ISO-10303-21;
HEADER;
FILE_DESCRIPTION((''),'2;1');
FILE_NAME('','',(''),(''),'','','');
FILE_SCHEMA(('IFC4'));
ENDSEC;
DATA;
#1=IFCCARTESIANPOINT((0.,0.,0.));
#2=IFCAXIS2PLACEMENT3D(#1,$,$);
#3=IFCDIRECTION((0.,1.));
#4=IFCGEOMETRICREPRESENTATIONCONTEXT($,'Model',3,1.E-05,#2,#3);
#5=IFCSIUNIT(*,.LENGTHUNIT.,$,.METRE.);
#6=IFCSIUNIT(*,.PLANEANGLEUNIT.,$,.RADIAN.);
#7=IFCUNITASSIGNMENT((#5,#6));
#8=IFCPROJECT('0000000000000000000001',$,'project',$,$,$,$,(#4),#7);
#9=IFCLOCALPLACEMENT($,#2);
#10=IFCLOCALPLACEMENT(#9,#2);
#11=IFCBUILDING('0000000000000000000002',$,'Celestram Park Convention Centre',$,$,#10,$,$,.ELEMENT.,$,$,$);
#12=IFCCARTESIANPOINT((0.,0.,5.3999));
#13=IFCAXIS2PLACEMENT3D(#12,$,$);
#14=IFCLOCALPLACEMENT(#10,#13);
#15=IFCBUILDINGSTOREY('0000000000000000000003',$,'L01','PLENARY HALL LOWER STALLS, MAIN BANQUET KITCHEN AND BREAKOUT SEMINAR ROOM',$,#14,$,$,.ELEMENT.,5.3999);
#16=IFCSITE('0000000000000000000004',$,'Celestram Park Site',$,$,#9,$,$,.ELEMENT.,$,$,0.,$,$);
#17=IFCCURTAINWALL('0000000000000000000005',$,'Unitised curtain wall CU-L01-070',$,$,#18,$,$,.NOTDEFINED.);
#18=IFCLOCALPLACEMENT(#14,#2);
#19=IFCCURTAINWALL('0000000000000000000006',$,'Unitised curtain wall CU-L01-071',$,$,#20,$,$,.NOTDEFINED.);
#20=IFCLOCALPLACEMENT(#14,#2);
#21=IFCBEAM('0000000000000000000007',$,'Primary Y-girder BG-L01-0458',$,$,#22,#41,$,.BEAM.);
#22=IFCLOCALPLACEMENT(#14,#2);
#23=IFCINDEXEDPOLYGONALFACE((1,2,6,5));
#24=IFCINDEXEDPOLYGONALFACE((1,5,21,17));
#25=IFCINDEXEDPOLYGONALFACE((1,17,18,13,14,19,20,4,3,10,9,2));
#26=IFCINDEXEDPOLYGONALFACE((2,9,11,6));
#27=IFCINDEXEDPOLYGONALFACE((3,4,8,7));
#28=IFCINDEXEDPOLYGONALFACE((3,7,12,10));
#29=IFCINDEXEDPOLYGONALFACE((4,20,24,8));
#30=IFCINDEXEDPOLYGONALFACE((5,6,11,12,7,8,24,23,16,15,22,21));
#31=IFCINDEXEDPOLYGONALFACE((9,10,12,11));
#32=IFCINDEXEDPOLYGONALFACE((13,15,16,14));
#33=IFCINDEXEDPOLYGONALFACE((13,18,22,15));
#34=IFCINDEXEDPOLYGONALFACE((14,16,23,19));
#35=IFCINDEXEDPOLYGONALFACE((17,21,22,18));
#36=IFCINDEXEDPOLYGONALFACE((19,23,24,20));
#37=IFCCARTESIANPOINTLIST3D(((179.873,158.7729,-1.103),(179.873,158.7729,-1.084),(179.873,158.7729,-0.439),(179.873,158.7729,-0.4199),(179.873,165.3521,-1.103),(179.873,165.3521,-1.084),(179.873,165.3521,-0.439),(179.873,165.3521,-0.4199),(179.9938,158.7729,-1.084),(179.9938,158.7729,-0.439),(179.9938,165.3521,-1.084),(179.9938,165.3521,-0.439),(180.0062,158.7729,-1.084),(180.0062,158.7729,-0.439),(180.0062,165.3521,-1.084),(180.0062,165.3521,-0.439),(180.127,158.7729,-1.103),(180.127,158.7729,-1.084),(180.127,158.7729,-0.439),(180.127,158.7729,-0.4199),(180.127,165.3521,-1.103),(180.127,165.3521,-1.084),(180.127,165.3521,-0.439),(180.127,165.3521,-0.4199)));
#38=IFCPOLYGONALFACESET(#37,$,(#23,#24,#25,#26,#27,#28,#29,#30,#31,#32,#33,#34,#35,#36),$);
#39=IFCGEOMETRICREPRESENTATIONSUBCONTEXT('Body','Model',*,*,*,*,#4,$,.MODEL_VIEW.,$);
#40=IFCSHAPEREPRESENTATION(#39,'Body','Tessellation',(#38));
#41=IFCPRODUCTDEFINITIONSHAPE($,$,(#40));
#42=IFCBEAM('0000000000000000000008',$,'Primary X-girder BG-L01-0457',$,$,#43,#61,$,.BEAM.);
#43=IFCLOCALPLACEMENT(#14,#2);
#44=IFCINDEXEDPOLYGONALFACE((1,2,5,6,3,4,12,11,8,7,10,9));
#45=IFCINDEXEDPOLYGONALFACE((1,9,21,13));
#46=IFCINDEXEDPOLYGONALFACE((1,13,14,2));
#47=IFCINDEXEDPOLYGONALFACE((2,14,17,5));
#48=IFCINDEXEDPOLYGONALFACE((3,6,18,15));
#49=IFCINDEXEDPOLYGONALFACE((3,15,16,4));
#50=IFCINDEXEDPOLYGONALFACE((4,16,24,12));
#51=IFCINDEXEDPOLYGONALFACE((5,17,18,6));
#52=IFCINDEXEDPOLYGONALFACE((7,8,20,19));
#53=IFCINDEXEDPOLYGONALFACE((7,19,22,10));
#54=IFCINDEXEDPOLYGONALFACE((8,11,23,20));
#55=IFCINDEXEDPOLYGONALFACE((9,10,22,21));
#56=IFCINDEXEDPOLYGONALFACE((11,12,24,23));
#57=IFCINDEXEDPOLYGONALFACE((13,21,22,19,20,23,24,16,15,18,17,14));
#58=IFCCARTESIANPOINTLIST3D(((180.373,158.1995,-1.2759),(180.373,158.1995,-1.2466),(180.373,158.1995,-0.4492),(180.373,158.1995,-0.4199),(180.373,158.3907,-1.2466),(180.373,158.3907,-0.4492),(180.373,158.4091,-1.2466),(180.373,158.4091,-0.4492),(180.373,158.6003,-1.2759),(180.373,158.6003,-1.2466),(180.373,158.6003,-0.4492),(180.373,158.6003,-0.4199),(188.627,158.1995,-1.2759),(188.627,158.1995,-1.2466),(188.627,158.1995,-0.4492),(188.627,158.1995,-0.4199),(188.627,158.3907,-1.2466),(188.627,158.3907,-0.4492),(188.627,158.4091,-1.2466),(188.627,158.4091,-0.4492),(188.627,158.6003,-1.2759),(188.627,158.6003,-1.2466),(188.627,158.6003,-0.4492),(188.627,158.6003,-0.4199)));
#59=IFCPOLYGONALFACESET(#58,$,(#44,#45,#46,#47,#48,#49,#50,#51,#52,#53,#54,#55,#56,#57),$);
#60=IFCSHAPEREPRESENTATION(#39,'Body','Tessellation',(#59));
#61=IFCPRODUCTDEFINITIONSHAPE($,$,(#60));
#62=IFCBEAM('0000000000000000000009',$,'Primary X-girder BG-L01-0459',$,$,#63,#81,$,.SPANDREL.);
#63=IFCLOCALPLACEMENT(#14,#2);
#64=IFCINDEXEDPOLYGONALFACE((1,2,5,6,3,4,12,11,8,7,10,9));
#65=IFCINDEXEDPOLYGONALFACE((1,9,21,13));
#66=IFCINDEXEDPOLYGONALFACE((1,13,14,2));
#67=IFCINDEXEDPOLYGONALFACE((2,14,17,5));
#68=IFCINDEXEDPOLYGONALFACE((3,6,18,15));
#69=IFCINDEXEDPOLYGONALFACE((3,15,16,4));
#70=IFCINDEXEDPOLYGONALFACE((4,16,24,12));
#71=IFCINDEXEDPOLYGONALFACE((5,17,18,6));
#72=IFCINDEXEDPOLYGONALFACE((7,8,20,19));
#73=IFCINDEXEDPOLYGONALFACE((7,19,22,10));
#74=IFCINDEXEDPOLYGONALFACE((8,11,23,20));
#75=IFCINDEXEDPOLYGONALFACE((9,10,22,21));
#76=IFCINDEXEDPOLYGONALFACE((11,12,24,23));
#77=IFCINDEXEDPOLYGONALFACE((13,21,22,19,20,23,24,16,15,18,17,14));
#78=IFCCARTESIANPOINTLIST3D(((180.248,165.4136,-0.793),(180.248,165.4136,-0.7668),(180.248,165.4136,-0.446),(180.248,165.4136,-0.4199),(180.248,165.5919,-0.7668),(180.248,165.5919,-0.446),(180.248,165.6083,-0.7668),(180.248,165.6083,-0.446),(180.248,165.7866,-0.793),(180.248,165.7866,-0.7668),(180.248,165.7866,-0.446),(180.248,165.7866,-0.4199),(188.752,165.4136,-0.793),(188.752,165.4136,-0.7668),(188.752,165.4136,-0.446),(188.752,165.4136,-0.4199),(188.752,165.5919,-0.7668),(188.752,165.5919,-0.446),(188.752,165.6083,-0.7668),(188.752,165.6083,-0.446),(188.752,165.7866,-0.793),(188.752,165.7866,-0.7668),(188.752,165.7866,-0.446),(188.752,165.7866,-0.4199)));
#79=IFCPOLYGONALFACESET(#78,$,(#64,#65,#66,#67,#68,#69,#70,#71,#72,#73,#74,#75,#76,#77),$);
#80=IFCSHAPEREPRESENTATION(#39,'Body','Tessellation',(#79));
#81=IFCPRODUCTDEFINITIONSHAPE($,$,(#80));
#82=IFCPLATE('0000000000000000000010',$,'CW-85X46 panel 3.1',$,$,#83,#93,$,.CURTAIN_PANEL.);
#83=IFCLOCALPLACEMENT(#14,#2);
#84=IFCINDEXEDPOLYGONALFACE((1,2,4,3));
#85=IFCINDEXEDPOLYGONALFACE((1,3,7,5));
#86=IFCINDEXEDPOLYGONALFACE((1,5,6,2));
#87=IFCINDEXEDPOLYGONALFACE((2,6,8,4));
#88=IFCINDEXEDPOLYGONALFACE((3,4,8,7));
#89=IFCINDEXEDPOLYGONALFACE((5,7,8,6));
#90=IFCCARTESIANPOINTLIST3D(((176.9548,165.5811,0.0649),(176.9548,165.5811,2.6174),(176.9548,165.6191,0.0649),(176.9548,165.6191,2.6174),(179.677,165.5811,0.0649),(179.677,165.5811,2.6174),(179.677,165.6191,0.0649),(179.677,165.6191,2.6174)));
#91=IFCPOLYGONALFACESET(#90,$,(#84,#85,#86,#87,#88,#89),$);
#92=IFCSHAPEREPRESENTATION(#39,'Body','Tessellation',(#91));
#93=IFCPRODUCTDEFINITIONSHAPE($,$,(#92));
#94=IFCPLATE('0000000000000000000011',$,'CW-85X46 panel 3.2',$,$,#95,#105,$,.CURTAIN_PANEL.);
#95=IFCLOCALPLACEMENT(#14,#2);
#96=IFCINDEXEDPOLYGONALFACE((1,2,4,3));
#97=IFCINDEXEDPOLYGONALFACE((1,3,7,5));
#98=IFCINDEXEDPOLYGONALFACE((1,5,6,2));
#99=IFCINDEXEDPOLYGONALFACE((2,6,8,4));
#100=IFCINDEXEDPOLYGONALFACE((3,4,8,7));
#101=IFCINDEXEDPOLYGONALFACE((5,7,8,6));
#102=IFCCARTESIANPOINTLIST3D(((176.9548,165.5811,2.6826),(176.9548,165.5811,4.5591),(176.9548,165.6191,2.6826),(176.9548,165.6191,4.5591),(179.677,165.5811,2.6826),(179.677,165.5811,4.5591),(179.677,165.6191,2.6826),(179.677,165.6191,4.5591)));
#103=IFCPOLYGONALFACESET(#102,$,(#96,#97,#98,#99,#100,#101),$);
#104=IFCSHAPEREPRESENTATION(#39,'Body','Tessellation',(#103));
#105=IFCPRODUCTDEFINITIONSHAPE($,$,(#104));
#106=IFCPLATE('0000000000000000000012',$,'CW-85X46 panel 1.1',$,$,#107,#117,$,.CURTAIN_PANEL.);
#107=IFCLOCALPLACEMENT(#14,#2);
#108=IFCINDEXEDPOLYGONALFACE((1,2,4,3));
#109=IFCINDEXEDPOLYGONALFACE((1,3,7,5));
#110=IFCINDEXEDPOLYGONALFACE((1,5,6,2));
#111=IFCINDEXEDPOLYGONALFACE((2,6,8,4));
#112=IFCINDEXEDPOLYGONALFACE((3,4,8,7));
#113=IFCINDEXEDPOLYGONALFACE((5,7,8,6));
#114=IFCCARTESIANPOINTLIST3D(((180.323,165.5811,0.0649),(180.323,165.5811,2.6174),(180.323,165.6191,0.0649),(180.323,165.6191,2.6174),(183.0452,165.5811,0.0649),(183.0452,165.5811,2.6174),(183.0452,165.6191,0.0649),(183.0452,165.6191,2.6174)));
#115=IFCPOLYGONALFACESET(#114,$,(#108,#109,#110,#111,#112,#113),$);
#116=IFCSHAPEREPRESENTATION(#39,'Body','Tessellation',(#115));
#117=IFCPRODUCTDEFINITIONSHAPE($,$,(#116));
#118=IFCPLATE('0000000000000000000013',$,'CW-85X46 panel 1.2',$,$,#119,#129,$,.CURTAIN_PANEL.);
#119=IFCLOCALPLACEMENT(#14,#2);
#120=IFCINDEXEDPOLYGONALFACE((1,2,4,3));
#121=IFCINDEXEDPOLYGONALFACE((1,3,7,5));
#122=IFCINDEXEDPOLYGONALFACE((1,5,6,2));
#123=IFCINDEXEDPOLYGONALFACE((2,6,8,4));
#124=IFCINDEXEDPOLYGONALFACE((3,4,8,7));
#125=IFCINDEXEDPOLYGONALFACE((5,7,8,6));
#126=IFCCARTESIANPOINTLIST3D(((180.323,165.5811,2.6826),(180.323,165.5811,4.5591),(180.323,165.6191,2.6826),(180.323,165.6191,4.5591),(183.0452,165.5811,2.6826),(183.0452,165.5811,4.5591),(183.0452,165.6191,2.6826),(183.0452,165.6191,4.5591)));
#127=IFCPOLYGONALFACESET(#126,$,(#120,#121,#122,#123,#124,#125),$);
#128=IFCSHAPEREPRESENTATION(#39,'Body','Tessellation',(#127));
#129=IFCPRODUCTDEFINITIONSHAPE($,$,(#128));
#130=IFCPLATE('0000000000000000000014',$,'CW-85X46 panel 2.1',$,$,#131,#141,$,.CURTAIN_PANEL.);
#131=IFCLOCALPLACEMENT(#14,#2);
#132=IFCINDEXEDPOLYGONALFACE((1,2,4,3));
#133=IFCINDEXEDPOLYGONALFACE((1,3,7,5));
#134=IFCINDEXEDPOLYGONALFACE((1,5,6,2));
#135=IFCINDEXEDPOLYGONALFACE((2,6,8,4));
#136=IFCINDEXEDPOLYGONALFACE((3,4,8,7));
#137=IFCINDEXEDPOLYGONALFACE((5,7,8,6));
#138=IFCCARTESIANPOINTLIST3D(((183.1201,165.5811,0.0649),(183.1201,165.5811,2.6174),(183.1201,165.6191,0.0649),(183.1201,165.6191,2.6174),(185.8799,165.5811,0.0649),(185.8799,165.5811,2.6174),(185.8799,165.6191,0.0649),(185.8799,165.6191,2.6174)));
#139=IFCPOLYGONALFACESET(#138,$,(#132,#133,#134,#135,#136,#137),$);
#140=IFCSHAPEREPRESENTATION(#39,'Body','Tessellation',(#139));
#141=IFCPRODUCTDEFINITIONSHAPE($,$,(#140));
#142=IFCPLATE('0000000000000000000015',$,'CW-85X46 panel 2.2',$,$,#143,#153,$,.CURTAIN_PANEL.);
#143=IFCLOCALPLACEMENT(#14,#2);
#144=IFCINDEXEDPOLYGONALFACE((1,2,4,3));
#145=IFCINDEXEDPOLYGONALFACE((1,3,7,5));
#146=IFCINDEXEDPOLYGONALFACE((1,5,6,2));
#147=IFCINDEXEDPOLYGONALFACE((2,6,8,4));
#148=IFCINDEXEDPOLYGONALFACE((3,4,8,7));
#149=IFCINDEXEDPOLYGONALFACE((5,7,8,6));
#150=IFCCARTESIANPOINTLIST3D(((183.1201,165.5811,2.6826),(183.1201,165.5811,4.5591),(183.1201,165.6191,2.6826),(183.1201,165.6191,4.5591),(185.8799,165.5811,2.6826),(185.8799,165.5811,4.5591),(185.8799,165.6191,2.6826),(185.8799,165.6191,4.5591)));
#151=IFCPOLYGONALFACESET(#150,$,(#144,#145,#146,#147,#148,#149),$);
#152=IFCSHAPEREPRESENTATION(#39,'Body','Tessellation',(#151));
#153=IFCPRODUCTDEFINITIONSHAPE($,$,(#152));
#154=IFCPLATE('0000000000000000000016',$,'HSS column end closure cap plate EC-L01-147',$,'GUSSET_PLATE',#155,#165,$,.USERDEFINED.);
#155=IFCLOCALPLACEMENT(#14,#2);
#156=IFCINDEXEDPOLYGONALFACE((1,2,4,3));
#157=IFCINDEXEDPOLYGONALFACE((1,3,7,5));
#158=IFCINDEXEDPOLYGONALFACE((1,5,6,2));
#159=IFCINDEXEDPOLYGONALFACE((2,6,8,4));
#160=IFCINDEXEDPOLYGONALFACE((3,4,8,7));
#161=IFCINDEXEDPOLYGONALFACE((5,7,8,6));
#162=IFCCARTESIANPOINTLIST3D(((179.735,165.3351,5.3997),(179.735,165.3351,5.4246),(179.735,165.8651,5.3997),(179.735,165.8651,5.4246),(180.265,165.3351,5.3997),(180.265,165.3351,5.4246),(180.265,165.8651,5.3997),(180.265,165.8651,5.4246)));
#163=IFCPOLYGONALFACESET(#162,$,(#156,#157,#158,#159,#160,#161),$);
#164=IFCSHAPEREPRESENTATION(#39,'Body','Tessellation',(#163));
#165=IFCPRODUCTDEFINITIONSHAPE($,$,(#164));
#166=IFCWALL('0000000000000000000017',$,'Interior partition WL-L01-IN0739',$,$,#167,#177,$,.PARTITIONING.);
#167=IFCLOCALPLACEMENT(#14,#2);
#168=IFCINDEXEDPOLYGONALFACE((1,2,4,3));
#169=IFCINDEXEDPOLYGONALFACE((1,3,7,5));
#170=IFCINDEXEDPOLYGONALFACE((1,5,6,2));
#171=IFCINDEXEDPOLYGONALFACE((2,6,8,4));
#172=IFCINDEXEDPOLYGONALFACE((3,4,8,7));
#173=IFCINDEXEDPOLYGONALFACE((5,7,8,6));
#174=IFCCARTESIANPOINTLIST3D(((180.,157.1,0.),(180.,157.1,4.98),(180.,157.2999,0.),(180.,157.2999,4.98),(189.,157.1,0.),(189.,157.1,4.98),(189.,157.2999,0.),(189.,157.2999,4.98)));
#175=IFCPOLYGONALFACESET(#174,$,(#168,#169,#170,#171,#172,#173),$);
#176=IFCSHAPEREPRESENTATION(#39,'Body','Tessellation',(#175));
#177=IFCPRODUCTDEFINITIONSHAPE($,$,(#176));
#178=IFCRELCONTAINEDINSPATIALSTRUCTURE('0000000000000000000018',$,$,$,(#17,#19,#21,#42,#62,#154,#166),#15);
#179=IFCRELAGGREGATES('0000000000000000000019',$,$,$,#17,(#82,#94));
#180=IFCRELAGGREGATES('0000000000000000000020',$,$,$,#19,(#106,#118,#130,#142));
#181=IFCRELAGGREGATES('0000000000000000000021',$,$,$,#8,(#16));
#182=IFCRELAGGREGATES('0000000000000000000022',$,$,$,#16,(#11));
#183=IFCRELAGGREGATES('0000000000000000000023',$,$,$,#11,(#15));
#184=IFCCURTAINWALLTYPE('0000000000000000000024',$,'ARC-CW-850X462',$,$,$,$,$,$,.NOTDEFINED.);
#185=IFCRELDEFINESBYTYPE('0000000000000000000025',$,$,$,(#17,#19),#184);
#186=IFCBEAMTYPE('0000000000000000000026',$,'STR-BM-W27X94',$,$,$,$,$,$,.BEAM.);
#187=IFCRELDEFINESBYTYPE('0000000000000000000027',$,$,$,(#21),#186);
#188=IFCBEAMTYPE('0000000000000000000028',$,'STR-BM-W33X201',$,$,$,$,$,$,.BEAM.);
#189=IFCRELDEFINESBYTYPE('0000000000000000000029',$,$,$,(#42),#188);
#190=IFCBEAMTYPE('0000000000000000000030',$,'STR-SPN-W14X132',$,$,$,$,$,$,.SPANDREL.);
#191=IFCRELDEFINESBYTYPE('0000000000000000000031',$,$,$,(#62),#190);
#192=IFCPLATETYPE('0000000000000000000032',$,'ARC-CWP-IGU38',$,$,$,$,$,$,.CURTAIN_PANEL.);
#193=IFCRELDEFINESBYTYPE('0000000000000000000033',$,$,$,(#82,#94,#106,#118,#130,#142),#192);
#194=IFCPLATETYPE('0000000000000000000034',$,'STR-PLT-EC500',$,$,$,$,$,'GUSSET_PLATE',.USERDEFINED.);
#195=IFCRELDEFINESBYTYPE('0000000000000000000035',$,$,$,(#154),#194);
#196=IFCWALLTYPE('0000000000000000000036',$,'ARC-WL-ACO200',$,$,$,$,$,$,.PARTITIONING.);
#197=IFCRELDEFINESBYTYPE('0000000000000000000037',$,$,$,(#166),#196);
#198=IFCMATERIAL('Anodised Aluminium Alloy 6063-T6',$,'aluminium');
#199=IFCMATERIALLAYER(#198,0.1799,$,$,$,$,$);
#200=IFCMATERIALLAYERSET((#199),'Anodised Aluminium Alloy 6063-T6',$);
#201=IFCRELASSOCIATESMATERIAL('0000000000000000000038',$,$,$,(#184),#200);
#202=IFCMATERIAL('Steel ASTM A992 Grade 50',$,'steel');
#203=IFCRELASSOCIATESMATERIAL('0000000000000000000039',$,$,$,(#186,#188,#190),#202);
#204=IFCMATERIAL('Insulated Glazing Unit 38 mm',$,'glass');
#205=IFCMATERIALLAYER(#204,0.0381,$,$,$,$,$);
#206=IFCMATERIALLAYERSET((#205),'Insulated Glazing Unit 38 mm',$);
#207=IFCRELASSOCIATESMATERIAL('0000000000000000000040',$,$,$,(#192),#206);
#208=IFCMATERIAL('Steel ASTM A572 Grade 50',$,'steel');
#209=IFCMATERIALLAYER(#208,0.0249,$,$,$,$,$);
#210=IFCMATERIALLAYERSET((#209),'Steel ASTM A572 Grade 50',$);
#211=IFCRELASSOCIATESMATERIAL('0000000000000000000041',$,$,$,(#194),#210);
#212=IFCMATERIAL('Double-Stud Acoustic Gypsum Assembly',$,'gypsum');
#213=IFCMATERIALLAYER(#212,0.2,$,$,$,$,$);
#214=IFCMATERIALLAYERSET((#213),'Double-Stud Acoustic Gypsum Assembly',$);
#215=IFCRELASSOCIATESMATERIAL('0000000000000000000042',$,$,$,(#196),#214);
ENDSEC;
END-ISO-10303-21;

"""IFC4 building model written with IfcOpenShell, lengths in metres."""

from ifc_helpers import new_model, si_unit, direction, frame, frame_2d, origin, origin_2d, place, context, subcontext, project, spatial, rectangle, i_section, extrude, material, layer, layer_set, material_profile, profile_set, type_object, element, aggregate, save


model = new_model("IFC4")

# Units and contexts
model_context = context("Model", 3, precision=1e-05, world=origin(), true_north=direction((0.0, 1.0)))
body_context = subcontext(model_context, "Body", "Model", "MODEL_VIEW")
ifc_project = project(units=[si_unit("LENGTHUNIT", "METRE"), si_unit("PLANEANGLEUNIT", "RADIAN")], contexts=[model_context])

# Site, building, storey
site_placement = place(None, origin())
site = spatial("IfcSite", under=ifc_project, at=site_placement, Name="Celestram Park Site", CompositionType="ELEMENT", RefElevation=0.0)
building_placement = place(site_placement, origin())
building = spatial("IfcBuilding", under=site, at=building_placement, Name="Celestram Park Convention Centre", CompositionType="ELEMENT")
storey_placement = place(building_placement, frame((0.0, 0.0, 5.3999)))
storey = spatial("IfcBuildingStorey", under=building, at=storey_placement, Name="L01", Description="PLENARY HALL LOWER STALLS, MAIN BANQUET KITCHEN AND BREAKOUT SEMINAR ROOM", CompositionType="ELEMENT", Elevation=5.3999)

# Curtain wall
ifc_material_1 = material(Name="Anodised Aluminium Alloy 6063-T6", Category="aluminium")
ifc_layer_1 = layer(ifc_material_1, 0.1799)
ifc_layer_set_1 = layer_set([ifc_layer_1], Name="Anodised Aluminium Alloy 6063-T6")
curtain_wall_type = type_object("IfcCurtainWallType", Name="ARC-CW-850X462", PredefinedType="NOTDEFINED", material=ifc_layer_set_1)
curtain_wall_1_placement = place(storey_placement, origin())
curtain_wall_1 = element("IfcCurtainWall", 1, at=curtain_wall_1_placement, inside=storey, type_object=curtain_wall_type, Name="Unitised curtain wall CU-L01-070", PredefinedType="NOTDEFINED")

# Curtain wall
curtain_wall_2_placement = place(storey_placement, origin())
curtain_wall_2 = element("IfcCurtainWall", 2, at=curtain_wall_2_placement, inside=storey, type_object=curtain_wall_type, Name="Unitised curtain wall CU-L01-071", PredefinedType="NOTDEFINED")

# Beams
ifc_material_2 = material(Name="Steel ASTM A992 Grade 50", Category="steel")
ifc_material_profile_1 = material_profile(ifc_material_2, i_section(OverallWidth=0.2539, OverallDepth=0.6831, WebThickness=0.0125, FlangeThickness=0.019, at=origin_2d()), Name="W27X94")
ifc_profile_set_1 = profile_set([ifc_material_profile_1], Name="Steel ASTM A992 Grade 50")
beam_type_1 = type_object("IfcBeamType", Name="STR-BM-W27X94", PredefinedType="BEAM", material=ifc_profile_set_1)
beam_1_placement = place(storey_placement, frame((180.0, 158.7729, -0.7615), z_axis=(0.0, 1.0, 0.0), x_axis=(-1.0, 0.0, 0.0)))
element("IfcBeam", 3, at=beam_1_placement, inside=storey, type_object=beam_type_1, Name="Primary Y-girder BG-L01-0458", PredefinedType="BEAM", context=body_context, shape_type="SweptSolid", body=[
    extrude(i_section(OverallWidth=0.2539, OverallDepth=0.6831, WebThickness=0.0125, FlangeThickness=0.019, at=origin_2d()), origin(), (0.0, 0.0, 1.0), 6.5791),
])
ifc_material_profile_2 = material_profile(ifc_material_2, i_section(OverallWidth=0.4009, OverallDepth=0.856, WebThickness=0.0183, FlangeThickness=0.0293, at=origin_2d()), Name="W33X201")
ifc_profile_set_2 = profile_set([ifc_material_profile_2], Name="Steel ASTM A992 Grade 50")
beam_type_2 = type_object("IfcBeamType", Name="STR-BM-W33X201", PredefinedType="BEAM", material=ifc_profile_set_2)
beam_2_placement = place(storey_placement, frame((180.373, 158.3999, -0.8479), z_axis=(1.0, 0.0, 0.0), x_axis=(0.0, 1.0, 0.0)))
element("IfcBeam", 4, at=beam_2_placement, inside=storey, type_object=beam_type_2, Name="Primary X-girder BG-L01-0457", PredefinedType="BEAM", context=body_context, shape_type="SweptSolid", body=[
    extrude(i_section(OverallWidth=0.4009, OverallDepth=0.856, WebThickness=0.0183, FlangeThickness=0.0293, at=origin_2d()), origin(), (0.0, 0.0, 1.0), 8.2539),
])
ifc_material_profile_3 = material_profile(ifc_material_2, i_section(OverallWidth=0.373, OverallDepth=0.373, WebThickness=0.0164, FlangeThickness=0.0261, at=origin_2d()), Name="W14X132")
ifc_profile_set_3 = profile_set([ifc_material_profile_3], Name="Steel ASTM A992 Grade 50")
beam_type_3 = type_object("IfcBeamType", Name="STR-SPN-W14X132", PredefinedType="SPANDREL", material=ifc_profile_set_3)
beam_3_placement = place(storey_placement, frame((180.248, 165.6001, -0.6064), z_axis=(1.0, 0.0, 0.0), x_axis=(0.0, 1.0, 0.0)))
element("IfcBeam", 5, at=beam_3_placement, inside=storey, type_object=beam_type_3, Name="Primary X-girder BG-L01-0459", PredefinedType="SPANDREL", context=body_context, shape_type="SweptSolid", body=[
    extrude(i_section(OverallWidth=0.373, OverallDepth=0.373, WebThickness=0.0164, FlangeThickness=0.0261, at=origin_2d()), origin(), (0.0, 0.0, 1.0), 8.5039),
])

# Plates
ifc_material_3 = material(Name="Insulated Glazing Unit 38 mm", Category="glass")
ifc_layer_2 = layer(ifc_material_3, 0.0381)
ifc_layer_set_2 = layer_set([ifc_layer_2], Name="Insulated Glazing Unit 38 mm")
plate_type_1 = type_object("IfcPlateType", Name="ARC-CWP-IGU38", PredefinedType="CURTAIN_PANEL", material=ifc_layer_set_2)
plate_1_placement = place(storey_placement, frame((178.3159, 165.6001, 0.0649), z_axis=(0.0, 0.0, 1.0), x_axis=(1.0, 0.0, 0.0)))
plate_1 = element("IfcPlate", 6, at=plate_1_placement, type_object=plate_type_1, Name="CW-85X46 panel 3.1", PredefinedType="CURTAIN_PANEL", context=body_context, shape_type="SweptSolid", body=[
    extrude(rectangle(XDim=2.7222, YDim=0.0381, at=origin_2d()), origin(), (0.0, 0.0, 1.0), 2.5525),
])
plate_2_placement = place(storey_placement, frame((178.3159, 165.6001, 2.6826), z_axis=(0.0, 0.0, 1.0), x_axis=(1.0, 0.0, 0.0)))
plate_2 = element("IfcPlate", 7, at=plate_2_placement, type_object=plate_type_1, Name="CW-85X46 panel 3.2", PredefinedType="CURTAIN_PANEL", context=body_context, shape_type="SweptSolid", body=[
    extrude(rectangle(XDim=2.7222, YDim=0.0381, at=origin_2d()), origin(), (0.0, 0.0, 1.0), 1.8765),
])
aggregate(curtain_wall_1, [plate_1, plate_2])
plate_3_placement = place(storey_placement, frame((181.6841, 165.6001, 0.0649), z_axis=(0.0, 0.0, 1.0), x_axis=(1.0, 0.0, 0.0)))
plate_3 = element("IfcPlate", 8, at=plate_3_placement, type_object=plate_type_1, Name="CW-85X46 panel 1.1", PredefinedType="CURTAIN_PANEL", context=body_context, shape_type="SweptSolid", body=[
    extrude(rectangle(XDim=2.7222, YDim=0.0381, at=origin_2d()), origin(), (0.0, 0.0, 1.0), 2.5525),
])
plate_4_placement = place(storey_placement, frame((181.6841, 165.6001, 2.6826), z_axis=(0.0, 0.0, 1.0), x_axis=(1.0, 0.0, 0.0)))
plate_4 = element("IfcPlate", 9, at=plate_4_placement, type_object=plate_type_1, Name="CW-85X46 panel 1.2", PredefinedType="CURTAIN_PANEL", context=body_context, shape_type="SweptSolid", body=[
    extrude(rectangle(XDim=2.7222, YDim=0.0381, at=origin_2d()), origin(), (0.0, 0.0, 1.0), 1.8765),
])
plate_5_placement = place(storey_placement, frame((184.5, 165.6001, 0.0649), z_axis=(0.0, 0.0, 1.0), x_axis=(1.0, 0.0, 0.0)))
plate_5 = element("IfcPlate", 10, at=plate_5_placement, type_object=plate_type_1, Name="CW-85X46 panel 2.1", PredefinedType="CURTAIN_PANEL", context=body_context, shape_type="SweptSolid", body=[
    extrude(rectangle(XDim=2.7598, YDim=0.0381, at=origin_2d()), origin(), (0.0, 0.0, 1.0), 2.5525),
])
plate_6_placement = place(storey_placement, frame((184.5, 165.6001, 2.6826), z_axis=(0.0, 0.0, 1.0), x_axis=(1.0, 0.0, 0.0)))
plate_6 = element("IfcPlate", 11, at=plate_6_placement, type_object=plate_type_1, Name="CW-85X46 panel 2.2", PredefinedType="CURTAIN_PANEL", context=body_context, shape_type="SweptSolid", body=[
    extrude(rectangle(XDim=2.7598, YDim=0.0381, at=origin_2d()), origin(), (0.0, 0.0, 1.0), 1.8765),
])
aggregate(curtain_wall_2, [plate_3, plate_4, plate_5, plate_6])
ifc_material_4 = material(Name="Steel ASTM A572 Grade 50", Category="steel")
ifc_layer_3 = layer(ifc_material_4, 0.0249)
ifc_layer_set_3 = layer_set([ifc_layer_3], Name="Steel ASTM A572 Grade 50")
plate_type_2 = type_object("IfcPlateType", Name="STR-PLT-EC500", ElementType="GUSSET_PLATE", PredefinedType="USERDEFINED", material=ifc_layer_set_3)
plate_7_placement = place(storey_placement, frame((180.0, 165.6001, 5.3997), z_axis=(0.0, 0.0, 1.0), x_axis=(1.0, 0.0, 0.0)))
element("IfcPlate", 12, at=plate_7_placement, inside=storey, type_object=plate_type_2, Name="HSS column end closure cap plate EC-L01-147", ObjectType="GUSSET_PLATE", PredefinedType="USERDEFINED", context=body_context, shape_type="SweptSolid", body=[
    extrude(rectangle(XDim=0.53, YDim=0.53, at=origin_2d()), origin(), (0.0, 0.0, 1.0), 0.0249),
])

# Wall
ifc_material_5 = material(Name="Double-Stud Acoustic Gypsum Assembly", Category="gypsum")
ifc_layer_4 = layer(ifc_material_5, 0.2)
ifc_layer_set_4 = layer_set([ifc_layer_4], Name="Double-Stud Acoustic Gypsum Assembly")
wall_type_1 = type_object("IfcWallType", Name="ARC-WL-ACO200", PredefinedType="PARTITIONING", material=ifc_layer_set_4)
wall_1_placement = place(storey_placement, frame((180.0, 157.2, 0.0), z_axis=(0.0, 0.0, 1.0), x_axis=(1.0, 0.0, 0.0)))
element("IfcWall", 13, at=wall_1_placement, inside=storey, type_object=wall_type_1, Name="Interior partition WL-L01-IN0739", PredefinedType="PARTITIONING", context=body_context, shape_type="SweptSolid", body=[
    extrude(rectangle(XDim=9.0, YDim=0.2, at=frame_2d((4.5, 0.0))), origin(), (0.0, 0.0, 1.0), 4.98),
])

save(model, "model.ifc")
